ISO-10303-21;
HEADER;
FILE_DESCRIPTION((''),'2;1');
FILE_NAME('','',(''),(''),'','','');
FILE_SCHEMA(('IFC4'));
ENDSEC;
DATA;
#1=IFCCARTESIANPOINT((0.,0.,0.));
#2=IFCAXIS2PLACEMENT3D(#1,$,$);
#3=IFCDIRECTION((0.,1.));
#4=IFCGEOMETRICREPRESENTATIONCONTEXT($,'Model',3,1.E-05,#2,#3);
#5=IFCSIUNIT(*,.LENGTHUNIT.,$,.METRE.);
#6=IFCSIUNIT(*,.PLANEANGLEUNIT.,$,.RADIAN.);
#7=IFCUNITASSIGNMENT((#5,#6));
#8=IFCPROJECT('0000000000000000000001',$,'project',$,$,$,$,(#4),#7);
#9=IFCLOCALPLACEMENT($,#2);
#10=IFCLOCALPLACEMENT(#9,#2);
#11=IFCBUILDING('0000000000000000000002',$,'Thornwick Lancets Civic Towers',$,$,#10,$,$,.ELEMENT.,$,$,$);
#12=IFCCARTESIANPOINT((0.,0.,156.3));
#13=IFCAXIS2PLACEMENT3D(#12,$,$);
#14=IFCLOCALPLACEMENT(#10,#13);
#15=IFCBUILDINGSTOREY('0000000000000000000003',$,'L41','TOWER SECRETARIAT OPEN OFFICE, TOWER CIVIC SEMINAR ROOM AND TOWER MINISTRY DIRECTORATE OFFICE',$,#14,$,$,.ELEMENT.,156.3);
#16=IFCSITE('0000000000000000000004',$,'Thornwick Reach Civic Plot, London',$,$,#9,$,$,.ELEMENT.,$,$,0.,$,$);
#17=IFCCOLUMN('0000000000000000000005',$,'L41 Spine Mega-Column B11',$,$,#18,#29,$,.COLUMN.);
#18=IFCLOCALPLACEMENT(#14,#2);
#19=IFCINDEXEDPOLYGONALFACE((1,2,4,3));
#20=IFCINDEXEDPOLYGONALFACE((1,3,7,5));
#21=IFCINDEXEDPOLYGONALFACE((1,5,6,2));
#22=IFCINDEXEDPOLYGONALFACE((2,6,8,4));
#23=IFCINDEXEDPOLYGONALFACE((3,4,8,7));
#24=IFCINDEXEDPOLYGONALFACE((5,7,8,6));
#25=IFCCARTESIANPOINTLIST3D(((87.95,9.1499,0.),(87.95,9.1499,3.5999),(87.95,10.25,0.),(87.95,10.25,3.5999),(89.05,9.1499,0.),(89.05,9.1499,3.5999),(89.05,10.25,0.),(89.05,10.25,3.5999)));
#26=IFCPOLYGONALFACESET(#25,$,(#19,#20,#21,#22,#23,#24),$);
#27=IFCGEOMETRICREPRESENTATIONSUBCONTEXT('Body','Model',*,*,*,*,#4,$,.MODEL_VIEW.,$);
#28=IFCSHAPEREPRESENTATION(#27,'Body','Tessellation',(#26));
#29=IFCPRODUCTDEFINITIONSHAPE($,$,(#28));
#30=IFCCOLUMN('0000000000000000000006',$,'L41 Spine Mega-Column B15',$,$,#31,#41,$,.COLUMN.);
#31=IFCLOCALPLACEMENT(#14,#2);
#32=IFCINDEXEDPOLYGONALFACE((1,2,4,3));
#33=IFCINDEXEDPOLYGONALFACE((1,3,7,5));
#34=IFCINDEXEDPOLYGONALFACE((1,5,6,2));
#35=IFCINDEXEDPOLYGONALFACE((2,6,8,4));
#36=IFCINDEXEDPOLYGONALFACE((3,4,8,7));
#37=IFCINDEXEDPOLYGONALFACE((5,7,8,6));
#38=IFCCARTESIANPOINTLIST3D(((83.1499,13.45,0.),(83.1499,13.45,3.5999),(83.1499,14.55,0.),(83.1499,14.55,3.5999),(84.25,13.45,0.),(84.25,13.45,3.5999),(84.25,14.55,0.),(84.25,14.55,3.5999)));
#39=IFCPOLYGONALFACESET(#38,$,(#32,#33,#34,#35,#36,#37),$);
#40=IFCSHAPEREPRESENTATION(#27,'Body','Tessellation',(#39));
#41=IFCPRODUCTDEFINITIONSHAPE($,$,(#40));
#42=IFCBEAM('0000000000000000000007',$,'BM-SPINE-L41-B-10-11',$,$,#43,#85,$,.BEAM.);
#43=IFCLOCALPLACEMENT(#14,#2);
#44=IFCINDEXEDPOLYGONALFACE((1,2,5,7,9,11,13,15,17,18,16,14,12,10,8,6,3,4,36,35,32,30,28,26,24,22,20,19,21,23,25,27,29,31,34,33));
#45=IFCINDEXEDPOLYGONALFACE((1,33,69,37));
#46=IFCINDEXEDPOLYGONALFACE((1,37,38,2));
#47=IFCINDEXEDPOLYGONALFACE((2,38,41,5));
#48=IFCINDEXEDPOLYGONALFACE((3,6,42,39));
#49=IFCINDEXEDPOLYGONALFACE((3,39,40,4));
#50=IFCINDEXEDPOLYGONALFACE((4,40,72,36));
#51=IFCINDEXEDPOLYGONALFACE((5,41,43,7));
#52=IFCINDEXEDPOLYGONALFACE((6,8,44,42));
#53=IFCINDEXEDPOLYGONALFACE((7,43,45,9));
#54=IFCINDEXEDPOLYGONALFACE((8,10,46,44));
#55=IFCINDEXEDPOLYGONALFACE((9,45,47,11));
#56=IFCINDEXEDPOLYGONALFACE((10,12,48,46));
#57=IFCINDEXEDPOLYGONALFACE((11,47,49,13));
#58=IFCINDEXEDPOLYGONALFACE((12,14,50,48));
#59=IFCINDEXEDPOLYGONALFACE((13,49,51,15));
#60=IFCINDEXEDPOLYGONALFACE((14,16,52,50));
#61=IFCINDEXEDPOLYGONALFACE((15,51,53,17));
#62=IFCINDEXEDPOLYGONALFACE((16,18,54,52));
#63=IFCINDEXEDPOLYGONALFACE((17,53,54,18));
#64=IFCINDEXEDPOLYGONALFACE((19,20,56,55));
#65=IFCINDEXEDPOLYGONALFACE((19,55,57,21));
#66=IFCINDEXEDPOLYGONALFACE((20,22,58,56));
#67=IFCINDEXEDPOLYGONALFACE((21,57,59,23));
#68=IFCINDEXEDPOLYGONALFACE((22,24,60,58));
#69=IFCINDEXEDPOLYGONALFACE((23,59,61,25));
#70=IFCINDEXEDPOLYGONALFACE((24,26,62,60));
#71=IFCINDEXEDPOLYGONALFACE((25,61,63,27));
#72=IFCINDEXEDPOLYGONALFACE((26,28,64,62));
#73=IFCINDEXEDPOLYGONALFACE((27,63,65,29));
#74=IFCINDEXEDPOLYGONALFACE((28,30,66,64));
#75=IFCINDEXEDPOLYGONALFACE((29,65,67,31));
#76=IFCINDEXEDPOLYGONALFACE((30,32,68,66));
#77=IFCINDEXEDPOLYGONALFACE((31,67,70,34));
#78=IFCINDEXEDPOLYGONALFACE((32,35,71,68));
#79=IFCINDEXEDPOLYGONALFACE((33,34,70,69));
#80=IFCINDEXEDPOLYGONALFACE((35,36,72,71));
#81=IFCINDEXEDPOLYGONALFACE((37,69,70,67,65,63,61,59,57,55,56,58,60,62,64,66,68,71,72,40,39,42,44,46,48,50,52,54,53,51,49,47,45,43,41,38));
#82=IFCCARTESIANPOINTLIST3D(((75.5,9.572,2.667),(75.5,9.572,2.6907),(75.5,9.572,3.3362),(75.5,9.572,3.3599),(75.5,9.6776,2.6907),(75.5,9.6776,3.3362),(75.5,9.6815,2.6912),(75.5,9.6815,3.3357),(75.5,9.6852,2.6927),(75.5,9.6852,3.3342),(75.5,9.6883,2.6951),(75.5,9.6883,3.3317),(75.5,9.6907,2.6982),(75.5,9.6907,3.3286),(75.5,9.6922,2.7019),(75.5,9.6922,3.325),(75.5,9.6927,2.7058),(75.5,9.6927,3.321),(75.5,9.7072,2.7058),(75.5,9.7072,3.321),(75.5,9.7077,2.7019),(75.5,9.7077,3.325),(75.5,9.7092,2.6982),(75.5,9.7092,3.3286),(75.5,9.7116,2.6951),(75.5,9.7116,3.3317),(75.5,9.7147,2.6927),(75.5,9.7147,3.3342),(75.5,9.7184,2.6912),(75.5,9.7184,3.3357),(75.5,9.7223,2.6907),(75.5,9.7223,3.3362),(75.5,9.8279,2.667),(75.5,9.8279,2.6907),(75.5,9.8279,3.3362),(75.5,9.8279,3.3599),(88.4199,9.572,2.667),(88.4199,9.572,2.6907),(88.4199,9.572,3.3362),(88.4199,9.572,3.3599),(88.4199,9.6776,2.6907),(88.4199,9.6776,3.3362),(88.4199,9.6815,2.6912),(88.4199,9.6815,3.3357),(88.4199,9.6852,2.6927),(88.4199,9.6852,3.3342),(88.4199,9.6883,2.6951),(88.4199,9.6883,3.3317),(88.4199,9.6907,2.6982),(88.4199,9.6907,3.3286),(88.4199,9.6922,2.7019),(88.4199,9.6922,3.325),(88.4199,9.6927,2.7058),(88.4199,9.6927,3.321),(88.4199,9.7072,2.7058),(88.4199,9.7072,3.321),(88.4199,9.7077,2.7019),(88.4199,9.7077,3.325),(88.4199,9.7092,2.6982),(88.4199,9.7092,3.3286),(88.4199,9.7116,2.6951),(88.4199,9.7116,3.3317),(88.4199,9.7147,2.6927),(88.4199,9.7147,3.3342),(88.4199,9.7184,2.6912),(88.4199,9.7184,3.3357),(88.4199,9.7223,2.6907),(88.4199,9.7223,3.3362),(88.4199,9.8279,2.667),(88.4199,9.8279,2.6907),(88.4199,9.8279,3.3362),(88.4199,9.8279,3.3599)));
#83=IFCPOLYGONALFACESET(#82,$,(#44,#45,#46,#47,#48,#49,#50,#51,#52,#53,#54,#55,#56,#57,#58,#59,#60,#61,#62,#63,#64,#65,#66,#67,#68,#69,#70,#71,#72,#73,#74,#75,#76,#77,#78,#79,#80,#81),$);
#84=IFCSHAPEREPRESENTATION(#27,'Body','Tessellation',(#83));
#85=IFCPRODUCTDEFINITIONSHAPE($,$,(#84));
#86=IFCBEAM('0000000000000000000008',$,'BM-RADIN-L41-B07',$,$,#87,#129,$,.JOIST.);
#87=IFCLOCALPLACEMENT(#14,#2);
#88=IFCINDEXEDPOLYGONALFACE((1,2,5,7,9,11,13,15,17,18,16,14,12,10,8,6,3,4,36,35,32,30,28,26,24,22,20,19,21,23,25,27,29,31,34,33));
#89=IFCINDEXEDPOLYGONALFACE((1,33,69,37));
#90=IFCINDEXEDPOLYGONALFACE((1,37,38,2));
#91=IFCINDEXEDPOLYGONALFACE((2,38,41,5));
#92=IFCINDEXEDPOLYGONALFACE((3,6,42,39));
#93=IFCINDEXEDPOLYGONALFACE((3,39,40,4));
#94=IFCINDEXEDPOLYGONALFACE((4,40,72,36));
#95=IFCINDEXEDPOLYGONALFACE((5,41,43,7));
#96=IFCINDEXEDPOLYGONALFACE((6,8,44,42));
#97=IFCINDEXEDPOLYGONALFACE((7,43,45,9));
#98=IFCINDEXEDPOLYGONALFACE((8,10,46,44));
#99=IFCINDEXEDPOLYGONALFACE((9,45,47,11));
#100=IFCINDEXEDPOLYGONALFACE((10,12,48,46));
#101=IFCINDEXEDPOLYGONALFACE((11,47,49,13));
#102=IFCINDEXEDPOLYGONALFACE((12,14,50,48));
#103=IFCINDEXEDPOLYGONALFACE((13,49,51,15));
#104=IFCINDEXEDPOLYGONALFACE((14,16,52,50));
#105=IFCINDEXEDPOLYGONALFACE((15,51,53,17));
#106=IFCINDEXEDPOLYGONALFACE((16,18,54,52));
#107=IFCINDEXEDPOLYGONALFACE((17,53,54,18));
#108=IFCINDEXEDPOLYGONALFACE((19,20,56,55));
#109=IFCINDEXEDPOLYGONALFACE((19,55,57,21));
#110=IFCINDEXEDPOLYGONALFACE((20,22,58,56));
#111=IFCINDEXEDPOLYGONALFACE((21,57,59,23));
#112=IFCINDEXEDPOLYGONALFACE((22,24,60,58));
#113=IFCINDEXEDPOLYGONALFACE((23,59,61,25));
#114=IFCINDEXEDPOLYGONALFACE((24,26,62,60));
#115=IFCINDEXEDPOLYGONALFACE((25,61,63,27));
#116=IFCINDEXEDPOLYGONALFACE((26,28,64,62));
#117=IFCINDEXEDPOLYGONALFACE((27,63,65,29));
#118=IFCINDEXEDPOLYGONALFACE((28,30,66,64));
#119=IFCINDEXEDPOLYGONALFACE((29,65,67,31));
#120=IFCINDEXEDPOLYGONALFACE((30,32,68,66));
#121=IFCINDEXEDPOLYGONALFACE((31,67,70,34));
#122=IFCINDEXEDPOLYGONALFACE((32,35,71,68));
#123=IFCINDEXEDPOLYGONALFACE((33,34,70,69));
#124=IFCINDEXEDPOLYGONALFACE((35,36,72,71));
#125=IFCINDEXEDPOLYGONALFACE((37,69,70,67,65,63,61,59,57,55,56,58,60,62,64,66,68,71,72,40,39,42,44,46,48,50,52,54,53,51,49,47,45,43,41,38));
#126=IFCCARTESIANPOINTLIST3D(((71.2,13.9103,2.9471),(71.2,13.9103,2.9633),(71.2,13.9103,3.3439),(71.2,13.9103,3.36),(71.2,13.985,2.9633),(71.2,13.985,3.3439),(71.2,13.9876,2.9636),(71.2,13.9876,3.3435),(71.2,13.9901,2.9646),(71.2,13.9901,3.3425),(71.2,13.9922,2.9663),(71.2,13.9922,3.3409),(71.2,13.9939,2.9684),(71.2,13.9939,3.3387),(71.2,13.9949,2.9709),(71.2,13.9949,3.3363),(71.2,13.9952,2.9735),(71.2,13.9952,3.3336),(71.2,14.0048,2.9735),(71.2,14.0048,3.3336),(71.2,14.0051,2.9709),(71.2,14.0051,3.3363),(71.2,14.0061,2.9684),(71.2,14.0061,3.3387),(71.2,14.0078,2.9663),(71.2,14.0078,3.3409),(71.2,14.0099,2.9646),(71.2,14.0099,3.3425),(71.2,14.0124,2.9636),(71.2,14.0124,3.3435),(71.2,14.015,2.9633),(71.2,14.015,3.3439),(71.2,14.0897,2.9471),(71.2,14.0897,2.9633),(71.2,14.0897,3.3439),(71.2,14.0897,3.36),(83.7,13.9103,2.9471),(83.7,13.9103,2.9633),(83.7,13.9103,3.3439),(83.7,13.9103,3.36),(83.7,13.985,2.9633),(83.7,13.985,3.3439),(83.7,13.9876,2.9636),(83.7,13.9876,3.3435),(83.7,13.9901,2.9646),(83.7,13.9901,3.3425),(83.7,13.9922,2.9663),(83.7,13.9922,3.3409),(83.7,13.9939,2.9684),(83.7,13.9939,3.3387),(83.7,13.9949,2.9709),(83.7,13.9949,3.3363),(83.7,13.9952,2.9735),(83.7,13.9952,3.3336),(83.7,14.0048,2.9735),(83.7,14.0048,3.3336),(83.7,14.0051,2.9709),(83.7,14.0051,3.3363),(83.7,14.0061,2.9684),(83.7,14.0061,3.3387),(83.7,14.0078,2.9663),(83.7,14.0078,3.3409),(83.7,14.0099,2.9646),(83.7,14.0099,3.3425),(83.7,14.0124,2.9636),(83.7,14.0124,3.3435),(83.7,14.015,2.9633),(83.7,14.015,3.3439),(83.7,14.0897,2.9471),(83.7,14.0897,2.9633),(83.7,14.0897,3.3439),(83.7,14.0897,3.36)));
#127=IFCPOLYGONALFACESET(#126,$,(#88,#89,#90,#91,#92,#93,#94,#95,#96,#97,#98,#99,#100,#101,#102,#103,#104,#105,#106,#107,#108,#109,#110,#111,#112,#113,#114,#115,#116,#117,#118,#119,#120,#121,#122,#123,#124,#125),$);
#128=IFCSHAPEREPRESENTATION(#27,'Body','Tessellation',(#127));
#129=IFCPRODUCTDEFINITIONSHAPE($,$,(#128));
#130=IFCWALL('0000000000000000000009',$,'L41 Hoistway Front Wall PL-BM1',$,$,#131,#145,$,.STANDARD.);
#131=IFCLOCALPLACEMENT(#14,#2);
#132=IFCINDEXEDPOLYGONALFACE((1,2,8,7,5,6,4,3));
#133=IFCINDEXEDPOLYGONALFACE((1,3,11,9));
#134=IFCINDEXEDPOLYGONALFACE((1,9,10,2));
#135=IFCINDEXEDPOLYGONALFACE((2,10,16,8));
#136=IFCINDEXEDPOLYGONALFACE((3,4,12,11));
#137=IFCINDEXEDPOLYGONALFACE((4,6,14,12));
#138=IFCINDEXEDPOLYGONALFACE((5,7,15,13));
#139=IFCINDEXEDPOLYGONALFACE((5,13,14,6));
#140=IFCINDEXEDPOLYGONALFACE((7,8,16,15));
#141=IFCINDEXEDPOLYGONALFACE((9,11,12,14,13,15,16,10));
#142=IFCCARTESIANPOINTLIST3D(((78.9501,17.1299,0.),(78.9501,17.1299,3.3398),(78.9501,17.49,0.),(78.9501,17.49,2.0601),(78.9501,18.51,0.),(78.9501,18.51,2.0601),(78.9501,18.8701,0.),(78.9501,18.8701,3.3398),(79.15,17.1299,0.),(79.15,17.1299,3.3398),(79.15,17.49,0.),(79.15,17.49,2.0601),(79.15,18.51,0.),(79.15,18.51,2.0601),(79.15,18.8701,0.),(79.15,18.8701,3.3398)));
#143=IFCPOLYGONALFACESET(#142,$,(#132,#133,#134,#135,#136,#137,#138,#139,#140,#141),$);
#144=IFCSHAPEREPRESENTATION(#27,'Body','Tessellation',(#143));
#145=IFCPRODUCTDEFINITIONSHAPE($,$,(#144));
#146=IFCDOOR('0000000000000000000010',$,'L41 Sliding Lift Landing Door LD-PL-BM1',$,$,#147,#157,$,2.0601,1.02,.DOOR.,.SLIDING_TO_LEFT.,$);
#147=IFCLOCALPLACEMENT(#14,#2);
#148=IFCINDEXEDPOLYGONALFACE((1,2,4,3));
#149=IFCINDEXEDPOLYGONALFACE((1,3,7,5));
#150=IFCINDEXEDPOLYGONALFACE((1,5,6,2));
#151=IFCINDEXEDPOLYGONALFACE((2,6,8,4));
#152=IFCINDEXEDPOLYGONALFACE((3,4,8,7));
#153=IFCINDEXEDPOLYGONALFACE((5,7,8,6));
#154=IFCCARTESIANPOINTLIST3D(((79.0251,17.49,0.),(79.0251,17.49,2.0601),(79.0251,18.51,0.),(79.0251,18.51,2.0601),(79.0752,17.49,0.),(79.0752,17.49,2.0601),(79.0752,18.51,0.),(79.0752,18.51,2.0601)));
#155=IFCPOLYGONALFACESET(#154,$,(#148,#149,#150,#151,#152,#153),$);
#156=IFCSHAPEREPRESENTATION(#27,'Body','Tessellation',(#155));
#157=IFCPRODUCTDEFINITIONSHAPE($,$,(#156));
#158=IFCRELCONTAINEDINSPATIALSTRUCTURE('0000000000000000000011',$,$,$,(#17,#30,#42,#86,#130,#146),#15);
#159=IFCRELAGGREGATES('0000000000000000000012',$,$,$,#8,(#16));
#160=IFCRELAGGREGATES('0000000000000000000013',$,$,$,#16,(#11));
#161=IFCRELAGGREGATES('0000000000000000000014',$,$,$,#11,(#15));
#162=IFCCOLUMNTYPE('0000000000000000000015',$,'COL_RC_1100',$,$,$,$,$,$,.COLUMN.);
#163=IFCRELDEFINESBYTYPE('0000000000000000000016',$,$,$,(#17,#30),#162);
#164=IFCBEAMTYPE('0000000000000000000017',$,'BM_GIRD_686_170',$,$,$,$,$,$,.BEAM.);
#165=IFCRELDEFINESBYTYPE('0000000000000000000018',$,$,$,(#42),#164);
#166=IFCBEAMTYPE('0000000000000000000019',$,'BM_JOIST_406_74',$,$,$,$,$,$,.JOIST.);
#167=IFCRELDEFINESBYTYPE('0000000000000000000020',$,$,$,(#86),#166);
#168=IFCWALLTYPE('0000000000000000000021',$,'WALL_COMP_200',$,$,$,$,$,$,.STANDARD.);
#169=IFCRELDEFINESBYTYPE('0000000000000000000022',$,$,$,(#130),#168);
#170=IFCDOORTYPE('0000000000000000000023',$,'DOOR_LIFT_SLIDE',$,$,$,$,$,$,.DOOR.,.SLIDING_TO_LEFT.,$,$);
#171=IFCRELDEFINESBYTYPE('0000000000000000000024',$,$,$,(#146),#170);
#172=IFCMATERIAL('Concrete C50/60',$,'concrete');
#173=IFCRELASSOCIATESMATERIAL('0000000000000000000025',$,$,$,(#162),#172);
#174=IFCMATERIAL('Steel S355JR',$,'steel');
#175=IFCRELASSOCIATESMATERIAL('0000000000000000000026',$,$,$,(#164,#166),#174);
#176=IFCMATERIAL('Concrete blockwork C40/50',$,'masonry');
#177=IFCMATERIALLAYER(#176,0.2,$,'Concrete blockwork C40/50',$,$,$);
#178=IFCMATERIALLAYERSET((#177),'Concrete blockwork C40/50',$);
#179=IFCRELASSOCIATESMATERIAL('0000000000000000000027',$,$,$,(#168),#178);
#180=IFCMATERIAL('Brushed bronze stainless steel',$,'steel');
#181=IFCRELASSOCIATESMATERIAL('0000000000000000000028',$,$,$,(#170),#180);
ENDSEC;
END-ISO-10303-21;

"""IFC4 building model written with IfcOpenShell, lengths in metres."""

from ifc_helpers import new_model, si_unit, direction, frame, frame_2d, origin, origin_2d, place, context, subcontext, project, spatial, rectangle, i_section, extrude, material, layer, layer_set, material_profile, profile_set, type_object, element, fill, save


model = new_model("IFC4")

# Units and contexts
model_context = context("Model", 3, precision=1e-05, world=origin(), true_north=direction((0.0, 1.0)))
body_context = subcontext(model_context, "Body", "Model", "MODEL_VIEW")
ifc_project = project(units=[si_unit("LENGTHUNIT", "METRE"), si_unit("PLANEANGLEUNIT", "RADIAN")], contexts=[model_context])

# Site, building, storey
site_placement = place(None, origin())
site = spatial("IfcSite", under=ifc_project, at=site_placement, Name="Thornwick Reach Civic Plot, London", CompositionType="ELEMENT", RefElevation=0.0)
building_placement = place(site_placement, origin())
building = spatial("IfcBuilding", under=site, at=building_placement, Name="Thornwick Lancets Civic Towers", CompositionType="ELEMENT")
storey_placement = place(building_placement, frame((0.0, 0.0, 156.3)))
storey = spatial("IfcBuildingStorey", under=building, at=storey_placement, Name="L41", Description="TOWER SECRETARIAT OPEN OFFICE, TOWER CIVIC SEMINAR ROOM AND TOWER MINISTRY DIRECTORATE OFFICE", CompositionType="ELEMENT", Elevation=156.3)

# Columns
ifc_material_1 = material(Name="Concrete C50/60", Category="concrete")
ifc_material_profile_1 = material_profile(ifc_material_1, rectangle(XDim=1.1001, YDim=1.1001, at=origin_2d()), Name="RC 1100x1100")
ifc_profile_set_1 = profile_set([ifc_material_profile_1], Name="Concrete C50/60")
column_type = type_object("IfcColumnType", Name="COL_RC_1100", PredefinedType="COLUMN", material=ifc_profile_set_1)
for number, where, z_axis, x_axis, name in (
    (1, (88.5, 9.7, 0.0), (0.0, 0.0, 1.0), (1.0, 0.0, 0.0), "L41 Spine Mega-Column B11"),
    (2, (83.7, 14.0, 0.0), (0.0, 0.0, 1.0), (1.0, 0.0, 0.0), "L41 Spine Mega-Column B15"),
):
    element("IfcColumn", number, at=place(storey_placement, frame(where, z_axis=z_axis, x_axis=x_axis)), inside=storey, type_object=column_type, Name=name, PredefinedType="COLUMN", context=body_context, shape_type="SweptSolid", body=[
        extrude(rectangle(XDim=1.1001, YDim=1.1001, at=origin_2d()), origin(), (0.0, 0.0, 1.0), 3.5999),
    ])

# Beams
ifc_material_2 = material(Name="Steel S355JR", Category="steel")
ifc_material_profile_2 = material_profile(ifc_material_2, i_section(OverallWidth=0.2559, OverallDepth=0.6929, WebThickness=0.0144, FlangeThickness=0.0237, FilletRadius=0.0151, at=origin_2d()), Name="UKB 686x254x170")
ifc_profile_set_2 = profile_set([ifc_material_profile_2], Name="Steel S355JR")
beam_type_1 = type_object("IfcBeamType", Name="BM_GIRD_686_170", PredefinedType="BEAM", material=ifc_profile_set_2)
beam_1_placement = place(storey_placement, frame((88.4199, 9.7, 3.0134), z_axis=(-1.0, 0.0, 0.0), x_axis=(0.0, -1.0, 0.0)))
element("IfcBeam", 3, at=beam_1_placement, inside=storey, type_object=beam_type_1, Name="BM-SPINE-L41-B-10-11", PredefinedType="BEAM", context=body_context, shape_type="SweptSolid", body=[
    extrude(i_section(OverallWidth=0.2559, OverallDepth=0.6929, WebThickness=0.0144, FlangeThickness=0.0237, FilletRadius=0.0151, at=origin_2d()), origin(), (0.0, 0.0, 1.0), 12.9199),
])
ifc_material_profile_3 = material_profile(ifc_material_2, i_section(OverallWidth=0.1794, OverallDepth=0.4128, WebThickness=0.0095, FlangeThickness=0.0161, FilletRadius=0.0103, at=origin_2d()), Name="UKB 406x178x74")
ifc_profile_set_3 = profile_set([ifc_material_profile_3], Name="Steel S355JR")
beam_type_2 = type_object("IfcBeamType", Name="BM_JOIST_406_74", PredefinedType="JOIST", material=ifc_profile_set_3)
beam_2_placement = place(storey_placement, frame((83.7, 14.0, 3.1536), z_axis=(-1.0, 0.0, 0.0), x_axis=(0.0, -1.0, 0.0)))
element("IfcBeam", 4, at=beam_2_placement, inside=storey, type_object=beam_type_2, Name="BM-RADIN-L41-B07", PredefinedType="JOIST", context=body_context, shape_type="SweptSolid", body=[
    extrude(i_section(OverallWidth=0.1794, OverallDepth=0.4128, WebThickness=0.0095, FlangeThickness=0.0161, FilletRadius=0.0103, at=origin_2d()), origin(), (0.0, 0.0, 1.0), 12.5),
])

# Wall, opening, door
ifc_material_3 = material(Name="Concrete blockwork C40/50", Category="masonry")
ifc_layer_1 = layer(ifc_material_3, 0.2, Name="Concrete blockwork C40/50")
ifc_layer_set_1 = layer_set([ifc_layer_1], Name="Concrete blockwork C40/50")
wall_type_1 = type_object("IfcWallType", Name="WALL_COMP_200", PredefinedType="STANDARD", material=ifc_layer_set_1)
wall_1_placement = place(storey_placement, frame((79.05, 17.1299, 0.0), z_axis=(0.0, 0.0, 1.0), x_axis=(0.0, 1.0, 0.0)))
wall_1 = element("IfcWall", 5, at=wall_1_placement, inside=storey, type_object=wall_type_1, Name="L41 Hoistway Front Wall PL-BM1", PredefinedType="STANDARD", context=body_context, shape_type="SweptSolid", body=[
    extrude(rectangle(XDim=1.7402, YDim=0.2, at=frame_2d((0.8701, 0.0))), origin(), (0.0, 0.0, 1.0), 3.3398),
])
opening_1_placement = place(wall_1_placement, frame((0.3601, 0.0, 0.0)))
opening_1 = element("IfcOpeningElement", 6, at=opening_1_placement, cuts=wall_1, PredefinedType="OPENING", context=body_context, shape_type="SweptSolid", body=[
    extrude(rectangle(XDim=1.02, YDim=2.0601, at=frame_2d((0.51, 1.03))), frame((0.0, 0.1099, 0.0), z_axis=(0.0, -1.0, 0.0), x_axis=(1.0, 0.0, 0.0)), (0.0, 0.0, 1.0), 0.22),
])
ifc_material_4 = material(Name="Brushed bronze stainless steel", Category="steel")
door_type_1 = type_object("IfcDoorType", Name="DOOR_LIFT_SLIDE", OperationType="SLIDING_TO_LEFT", PredefinedType="DOOR", material=ifc_material_4)
door_1_placement = place(opening_1_placement, origin())
door_1 = element("IfcDoor", 7, at=door_1_placement, inside=storey, type_object=door_type_1, Name="L41 Sliding Lift Landing Door LD-PL-BM1", OperationType="SLIDING_TO_LEFT", OverallHeight=2.0601, OverallWidth=1.02, PredefinedType="DOOR", context=body_context, shape_type="SweptSolid", body=[
    extrude(rectangle(XDim=1.02, YDim=2.0601, at=frame_2d((0.51, 1.03))), frame((0.0, 0.0249, 0.0), z_axis=(0.0, -1.0, 0.0), x_axis=(1.0, 0.0, 0.0)), (0.0, 0.0, 1.0), 0.05),
])
fill(opening_1, door_1)

save(model, "model.ifc")
